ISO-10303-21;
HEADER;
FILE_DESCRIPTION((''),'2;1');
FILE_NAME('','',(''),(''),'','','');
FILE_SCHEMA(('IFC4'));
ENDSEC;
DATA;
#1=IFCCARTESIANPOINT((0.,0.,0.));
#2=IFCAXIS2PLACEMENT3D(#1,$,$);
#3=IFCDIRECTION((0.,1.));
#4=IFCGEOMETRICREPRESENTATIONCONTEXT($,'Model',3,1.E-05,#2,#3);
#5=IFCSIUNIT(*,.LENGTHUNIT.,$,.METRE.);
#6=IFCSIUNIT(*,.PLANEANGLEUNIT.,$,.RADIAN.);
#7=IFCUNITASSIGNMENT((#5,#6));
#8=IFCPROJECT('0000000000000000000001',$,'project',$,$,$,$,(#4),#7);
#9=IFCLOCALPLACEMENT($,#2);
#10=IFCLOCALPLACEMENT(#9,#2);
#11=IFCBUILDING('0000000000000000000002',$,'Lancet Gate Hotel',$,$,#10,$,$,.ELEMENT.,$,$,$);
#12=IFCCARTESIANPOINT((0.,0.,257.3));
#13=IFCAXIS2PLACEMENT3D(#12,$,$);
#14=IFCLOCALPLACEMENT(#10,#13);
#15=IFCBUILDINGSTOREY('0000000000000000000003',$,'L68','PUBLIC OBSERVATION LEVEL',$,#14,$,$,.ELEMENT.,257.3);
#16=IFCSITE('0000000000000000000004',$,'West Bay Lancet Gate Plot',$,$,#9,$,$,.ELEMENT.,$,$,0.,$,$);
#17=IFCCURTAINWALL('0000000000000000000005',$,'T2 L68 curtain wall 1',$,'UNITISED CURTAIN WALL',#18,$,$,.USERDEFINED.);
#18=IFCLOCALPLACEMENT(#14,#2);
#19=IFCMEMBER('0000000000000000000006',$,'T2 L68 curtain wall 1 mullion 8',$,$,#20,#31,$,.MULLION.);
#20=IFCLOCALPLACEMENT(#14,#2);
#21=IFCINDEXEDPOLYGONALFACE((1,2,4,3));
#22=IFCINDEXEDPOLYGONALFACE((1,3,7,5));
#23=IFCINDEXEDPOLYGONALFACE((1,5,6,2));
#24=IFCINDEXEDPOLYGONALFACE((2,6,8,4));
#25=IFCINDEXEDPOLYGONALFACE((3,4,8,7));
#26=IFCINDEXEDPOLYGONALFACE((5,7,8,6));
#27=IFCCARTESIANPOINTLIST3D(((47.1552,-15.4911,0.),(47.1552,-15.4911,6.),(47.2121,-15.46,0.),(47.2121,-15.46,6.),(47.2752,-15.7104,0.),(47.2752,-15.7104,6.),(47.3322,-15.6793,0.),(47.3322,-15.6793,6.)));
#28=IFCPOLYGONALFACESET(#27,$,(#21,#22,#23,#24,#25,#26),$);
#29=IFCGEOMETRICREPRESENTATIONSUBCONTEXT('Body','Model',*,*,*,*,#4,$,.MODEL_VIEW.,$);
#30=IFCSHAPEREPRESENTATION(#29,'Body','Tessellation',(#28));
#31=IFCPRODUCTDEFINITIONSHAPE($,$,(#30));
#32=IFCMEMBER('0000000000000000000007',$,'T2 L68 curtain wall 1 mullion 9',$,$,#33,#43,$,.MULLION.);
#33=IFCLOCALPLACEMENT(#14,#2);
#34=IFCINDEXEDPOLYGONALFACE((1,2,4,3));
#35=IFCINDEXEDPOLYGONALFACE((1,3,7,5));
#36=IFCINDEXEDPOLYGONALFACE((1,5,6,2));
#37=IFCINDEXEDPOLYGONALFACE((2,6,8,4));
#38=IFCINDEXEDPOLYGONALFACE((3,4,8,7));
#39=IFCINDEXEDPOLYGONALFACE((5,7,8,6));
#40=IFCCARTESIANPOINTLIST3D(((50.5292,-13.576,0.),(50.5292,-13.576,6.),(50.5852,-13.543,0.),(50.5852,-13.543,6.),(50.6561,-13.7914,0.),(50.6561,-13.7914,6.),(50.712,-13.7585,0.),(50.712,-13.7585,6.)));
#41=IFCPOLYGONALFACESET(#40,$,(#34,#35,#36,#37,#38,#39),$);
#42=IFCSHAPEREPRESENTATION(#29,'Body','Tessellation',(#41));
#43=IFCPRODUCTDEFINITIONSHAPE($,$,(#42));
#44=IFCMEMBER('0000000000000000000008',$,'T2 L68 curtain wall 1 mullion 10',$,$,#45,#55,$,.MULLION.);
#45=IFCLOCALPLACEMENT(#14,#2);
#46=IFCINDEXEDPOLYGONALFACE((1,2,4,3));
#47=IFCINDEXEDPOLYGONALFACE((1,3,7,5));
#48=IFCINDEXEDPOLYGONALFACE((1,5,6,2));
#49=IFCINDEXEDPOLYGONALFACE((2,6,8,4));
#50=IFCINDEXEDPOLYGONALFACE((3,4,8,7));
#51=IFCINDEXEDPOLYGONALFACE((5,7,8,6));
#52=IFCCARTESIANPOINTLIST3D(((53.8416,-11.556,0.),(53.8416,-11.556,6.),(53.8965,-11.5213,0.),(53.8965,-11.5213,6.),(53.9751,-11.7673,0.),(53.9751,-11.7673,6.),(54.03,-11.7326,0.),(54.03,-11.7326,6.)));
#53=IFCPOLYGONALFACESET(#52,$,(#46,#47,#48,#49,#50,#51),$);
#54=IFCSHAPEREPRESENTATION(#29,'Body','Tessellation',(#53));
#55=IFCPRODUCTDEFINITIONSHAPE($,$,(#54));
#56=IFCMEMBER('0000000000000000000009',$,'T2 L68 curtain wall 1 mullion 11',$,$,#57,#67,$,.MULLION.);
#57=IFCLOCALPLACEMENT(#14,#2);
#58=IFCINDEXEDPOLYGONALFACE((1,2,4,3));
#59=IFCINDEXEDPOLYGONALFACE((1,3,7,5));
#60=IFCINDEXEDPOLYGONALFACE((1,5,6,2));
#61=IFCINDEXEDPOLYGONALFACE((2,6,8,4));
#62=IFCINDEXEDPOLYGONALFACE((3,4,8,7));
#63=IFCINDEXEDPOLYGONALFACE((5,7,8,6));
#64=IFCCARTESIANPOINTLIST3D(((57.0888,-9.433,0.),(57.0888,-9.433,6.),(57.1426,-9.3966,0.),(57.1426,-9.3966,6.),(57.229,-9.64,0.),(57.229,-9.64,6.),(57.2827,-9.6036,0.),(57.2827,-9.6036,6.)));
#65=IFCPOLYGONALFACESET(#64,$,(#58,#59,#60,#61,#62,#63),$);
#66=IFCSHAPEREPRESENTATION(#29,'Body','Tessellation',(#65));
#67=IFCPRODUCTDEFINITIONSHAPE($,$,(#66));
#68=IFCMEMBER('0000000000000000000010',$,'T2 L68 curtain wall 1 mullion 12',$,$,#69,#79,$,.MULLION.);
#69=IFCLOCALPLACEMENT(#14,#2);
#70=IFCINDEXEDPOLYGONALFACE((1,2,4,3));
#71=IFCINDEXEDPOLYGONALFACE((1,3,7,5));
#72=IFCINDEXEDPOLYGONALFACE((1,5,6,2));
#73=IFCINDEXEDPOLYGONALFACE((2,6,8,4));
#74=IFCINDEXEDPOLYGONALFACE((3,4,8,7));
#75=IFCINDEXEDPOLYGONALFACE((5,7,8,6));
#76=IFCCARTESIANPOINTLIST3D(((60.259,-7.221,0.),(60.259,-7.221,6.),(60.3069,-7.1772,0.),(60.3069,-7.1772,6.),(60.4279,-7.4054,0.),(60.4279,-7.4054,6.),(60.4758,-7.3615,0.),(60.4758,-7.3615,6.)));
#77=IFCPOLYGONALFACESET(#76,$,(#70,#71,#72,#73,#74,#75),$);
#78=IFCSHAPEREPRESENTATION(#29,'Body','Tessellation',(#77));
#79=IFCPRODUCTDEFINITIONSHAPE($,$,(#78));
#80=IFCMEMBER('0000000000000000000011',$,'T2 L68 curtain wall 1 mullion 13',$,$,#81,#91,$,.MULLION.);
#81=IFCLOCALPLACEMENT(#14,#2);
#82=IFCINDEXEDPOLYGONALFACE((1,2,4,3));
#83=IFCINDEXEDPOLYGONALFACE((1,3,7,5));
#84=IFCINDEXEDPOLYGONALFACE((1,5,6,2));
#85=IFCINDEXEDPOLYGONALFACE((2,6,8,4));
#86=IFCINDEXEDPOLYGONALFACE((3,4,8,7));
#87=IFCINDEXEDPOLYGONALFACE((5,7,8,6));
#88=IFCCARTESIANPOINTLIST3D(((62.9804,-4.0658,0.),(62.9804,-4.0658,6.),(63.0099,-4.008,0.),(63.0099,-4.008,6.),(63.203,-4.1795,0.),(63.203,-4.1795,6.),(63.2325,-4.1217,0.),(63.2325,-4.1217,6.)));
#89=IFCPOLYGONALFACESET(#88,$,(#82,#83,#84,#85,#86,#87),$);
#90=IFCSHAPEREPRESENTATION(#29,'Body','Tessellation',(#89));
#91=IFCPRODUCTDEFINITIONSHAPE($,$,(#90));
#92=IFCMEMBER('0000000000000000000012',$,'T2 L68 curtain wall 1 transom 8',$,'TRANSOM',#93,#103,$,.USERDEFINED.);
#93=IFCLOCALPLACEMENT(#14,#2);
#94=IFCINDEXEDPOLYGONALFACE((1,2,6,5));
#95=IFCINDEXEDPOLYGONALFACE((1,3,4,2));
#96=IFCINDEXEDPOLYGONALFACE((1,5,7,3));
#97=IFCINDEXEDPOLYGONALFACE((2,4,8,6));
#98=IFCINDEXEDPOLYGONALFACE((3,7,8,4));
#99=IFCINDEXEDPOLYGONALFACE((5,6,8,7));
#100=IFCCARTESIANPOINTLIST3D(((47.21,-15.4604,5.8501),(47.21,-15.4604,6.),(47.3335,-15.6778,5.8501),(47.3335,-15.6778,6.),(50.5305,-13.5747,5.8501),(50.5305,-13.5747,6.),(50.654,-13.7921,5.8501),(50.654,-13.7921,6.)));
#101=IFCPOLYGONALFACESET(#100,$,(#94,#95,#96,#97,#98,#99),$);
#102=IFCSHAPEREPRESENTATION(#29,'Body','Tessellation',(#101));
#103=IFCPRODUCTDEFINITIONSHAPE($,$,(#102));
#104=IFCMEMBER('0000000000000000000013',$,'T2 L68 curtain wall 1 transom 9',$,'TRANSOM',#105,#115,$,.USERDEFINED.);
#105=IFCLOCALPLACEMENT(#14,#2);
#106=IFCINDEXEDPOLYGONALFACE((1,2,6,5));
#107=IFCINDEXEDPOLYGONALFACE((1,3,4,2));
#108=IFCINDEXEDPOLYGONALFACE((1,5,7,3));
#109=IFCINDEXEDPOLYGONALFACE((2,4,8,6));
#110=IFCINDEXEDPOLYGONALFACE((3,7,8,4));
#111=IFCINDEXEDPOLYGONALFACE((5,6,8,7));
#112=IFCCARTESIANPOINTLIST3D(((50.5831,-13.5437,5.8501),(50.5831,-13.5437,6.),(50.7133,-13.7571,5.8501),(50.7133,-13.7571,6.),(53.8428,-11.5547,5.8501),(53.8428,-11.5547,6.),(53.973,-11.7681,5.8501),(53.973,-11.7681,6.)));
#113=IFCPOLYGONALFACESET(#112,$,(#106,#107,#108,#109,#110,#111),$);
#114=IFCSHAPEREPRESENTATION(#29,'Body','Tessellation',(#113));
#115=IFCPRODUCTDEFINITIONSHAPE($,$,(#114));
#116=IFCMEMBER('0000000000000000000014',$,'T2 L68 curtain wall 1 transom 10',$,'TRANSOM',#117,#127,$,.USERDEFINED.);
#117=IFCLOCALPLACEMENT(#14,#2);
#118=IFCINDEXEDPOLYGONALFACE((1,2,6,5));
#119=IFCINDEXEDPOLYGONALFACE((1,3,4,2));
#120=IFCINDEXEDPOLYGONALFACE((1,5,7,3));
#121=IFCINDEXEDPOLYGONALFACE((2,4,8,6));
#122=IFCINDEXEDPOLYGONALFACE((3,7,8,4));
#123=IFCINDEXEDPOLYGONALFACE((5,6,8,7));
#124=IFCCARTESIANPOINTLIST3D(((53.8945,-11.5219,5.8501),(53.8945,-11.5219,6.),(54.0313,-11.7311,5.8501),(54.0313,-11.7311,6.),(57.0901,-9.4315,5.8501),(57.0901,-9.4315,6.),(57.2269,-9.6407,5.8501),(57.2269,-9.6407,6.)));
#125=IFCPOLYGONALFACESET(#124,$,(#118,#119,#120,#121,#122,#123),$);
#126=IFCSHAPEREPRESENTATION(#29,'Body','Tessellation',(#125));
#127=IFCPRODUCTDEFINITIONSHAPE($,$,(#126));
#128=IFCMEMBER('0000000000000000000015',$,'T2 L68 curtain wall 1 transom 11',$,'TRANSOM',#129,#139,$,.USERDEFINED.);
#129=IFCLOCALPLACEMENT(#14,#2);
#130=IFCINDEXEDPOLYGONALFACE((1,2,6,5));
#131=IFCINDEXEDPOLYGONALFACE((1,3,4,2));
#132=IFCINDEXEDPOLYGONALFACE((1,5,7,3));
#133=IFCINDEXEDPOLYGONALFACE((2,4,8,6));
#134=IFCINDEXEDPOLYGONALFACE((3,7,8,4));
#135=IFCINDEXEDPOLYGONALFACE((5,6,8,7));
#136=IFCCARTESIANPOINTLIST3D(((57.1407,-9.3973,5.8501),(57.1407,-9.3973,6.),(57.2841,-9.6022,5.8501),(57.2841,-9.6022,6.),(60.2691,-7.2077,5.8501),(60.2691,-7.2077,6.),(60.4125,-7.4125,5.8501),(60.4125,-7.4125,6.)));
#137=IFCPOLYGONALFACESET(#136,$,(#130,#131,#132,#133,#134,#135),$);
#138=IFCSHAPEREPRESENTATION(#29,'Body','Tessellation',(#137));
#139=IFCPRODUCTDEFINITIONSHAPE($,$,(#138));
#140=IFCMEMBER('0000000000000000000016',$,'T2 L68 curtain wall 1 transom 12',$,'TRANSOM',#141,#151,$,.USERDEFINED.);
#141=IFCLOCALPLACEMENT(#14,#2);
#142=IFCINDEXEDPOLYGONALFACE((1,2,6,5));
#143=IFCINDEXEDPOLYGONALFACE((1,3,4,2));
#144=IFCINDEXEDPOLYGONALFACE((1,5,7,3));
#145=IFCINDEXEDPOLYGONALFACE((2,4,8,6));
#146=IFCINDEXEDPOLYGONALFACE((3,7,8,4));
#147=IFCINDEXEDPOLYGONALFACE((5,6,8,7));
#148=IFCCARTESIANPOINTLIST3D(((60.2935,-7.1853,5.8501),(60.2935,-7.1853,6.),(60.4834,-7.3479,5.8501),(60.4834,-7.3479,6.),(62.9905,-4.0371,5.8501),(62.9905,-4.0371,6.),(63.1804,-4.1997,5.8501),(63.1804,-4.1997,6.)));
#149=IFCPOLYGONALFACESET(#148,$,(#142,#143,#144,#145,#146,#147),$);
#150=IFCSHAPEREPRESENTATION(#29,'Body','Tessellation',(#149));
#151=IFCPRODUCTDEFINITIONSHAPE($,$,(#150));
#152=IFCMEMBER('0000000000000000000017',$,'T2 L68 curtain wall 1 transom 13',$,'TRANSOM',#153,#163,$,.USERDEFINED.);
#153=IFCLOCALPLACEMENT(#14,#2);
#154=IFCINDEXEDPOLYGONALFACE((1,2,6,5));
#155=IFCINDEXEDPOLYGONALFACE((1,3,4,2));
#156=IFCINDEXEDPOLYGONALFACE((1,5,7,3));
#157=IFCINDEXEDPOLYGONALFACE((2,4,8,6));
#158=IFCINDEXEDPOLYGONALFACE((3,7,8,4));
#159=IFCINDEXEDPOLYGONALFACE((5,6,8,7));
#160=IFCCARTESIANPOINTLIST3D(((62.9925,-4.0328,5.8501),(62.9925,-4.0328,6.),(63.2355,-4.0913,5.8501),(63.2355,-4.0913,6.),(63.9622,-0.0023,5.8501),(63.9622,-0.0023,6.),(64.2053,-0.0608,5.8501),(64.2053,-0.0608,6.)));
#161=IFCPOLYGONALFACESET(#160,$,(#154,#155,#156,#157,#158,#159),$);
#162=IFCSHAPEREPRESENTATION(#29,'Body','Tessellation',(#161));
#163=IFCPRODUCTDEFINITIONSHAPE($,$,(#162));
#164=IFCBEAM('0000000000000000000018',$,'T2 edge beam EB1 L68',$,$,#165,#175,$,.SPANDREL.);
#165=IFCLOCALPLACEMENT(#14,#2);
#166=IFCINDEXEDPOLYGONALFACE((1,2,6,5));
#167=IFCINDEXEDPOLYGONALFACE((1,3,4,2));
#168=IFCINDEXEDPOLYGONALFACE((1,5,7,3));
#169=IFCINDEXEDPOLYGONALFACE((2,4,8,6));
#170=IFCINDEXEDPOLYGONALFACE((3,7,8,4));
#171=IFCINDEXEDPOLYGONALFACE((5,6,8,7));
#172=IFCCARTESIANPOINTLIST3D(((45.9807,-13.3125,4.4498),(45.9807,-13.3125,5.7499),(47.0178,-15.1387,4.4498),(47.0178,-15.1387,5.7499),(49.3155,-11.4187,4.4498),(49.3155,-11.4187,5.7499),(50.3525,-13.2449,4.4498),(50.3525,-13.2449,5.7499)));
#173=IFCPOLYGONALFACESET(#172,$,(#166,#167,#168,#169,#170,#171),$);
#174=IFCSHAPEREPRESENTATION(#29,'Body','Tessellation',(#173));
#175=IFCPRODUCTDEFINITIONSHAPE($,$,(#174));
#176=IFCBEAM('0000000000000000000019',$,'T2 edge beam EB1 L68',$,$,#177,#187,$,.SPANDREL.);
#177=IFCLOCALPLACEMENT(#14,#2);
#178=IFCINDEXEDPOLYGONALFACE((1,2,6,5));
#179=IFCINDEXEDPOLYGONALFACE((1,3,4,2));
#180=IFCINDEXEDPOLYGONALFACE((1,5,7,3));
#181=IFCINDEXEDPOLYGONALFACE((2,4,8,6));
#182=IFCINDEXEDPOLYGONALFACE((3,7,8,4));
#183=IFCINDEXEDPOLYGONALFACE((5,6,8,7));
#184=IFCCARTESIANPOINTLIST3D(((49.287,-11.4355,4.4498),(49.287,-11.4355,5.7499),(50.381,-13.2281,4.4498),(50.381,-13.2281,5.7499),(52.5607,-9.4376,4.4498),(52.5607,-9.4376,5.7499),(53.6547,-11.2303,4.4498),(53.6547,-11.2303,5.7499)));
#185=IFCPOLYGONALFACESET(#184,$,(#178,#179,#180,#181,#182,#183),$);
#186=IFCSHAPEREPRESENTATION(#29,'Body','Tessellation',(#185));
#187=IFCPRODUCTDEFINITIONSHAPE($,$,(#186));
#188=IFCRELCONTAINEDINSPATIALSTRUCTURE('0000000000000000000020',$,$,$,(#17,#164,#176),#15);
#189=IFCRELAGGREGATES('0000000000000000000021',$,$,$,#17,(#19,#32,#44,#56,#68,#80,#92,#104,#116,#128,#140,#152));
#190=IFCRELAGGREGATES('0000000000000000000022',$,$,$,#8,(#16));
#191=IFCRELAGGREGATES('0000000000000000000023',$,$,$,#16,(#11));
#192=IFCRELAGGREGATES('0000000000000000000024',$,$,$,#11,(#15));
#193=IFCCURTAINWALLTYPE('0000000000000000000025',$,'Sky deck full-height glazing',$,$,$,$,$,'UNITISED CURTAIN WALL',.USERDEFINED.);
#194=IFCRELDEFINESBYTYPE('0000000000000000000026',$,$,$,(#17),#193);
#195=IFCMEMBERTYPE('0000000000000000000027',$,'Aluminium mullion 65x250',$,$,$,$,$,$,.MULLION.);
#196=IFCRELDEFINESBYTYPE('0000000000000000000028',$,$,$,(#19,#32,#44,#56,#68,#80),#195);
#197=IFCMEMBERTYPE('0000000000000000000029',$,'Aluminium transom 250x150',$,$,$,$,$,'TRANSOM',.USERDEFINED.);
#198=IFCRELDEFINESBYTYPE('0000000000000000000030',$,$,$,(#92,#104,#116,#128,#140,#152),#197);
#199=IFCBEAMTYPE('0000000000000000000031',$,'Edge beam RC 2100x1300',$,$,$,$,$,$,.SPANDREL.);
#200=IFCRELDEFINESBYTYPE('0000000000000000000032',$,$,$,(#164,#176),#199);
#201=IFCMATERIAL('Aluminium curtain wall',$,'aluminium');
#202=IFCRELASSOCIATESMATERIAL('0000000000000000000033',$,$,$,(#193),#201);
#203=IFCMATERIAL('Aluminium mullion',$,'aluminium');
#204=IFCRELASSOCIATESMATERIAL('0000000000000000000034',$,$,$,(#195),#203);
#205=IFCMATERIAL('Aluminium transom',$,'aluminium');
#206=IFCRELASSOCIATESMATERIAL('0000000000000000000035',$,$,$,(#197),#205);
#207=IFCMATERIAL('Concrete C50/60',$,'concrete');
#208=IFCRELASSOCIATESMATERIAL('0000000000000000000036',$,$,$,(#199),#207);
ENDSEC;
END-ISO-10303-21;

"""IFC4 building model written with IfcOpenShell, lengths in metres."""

from ifc_helpers import new_model, si_unit, direction, frame, origin, origin_2d, place, context, subcontext, project, spatial, rectangle, extrude, material, material_profile, profile_set, type_object, element, aggregate, save


model = new_model("IFC4")

# Units and contexts
model_context = context("Model", 3, precision=1e-05, world=origin(), true_north=direction((0.0, 1.0)))
body_context = subcontext(model_context, "Body", "Model", "MODEL_VIEW")
ifc_project = project(units=[si_unit("LENGTHUNIT", "METRE"), si_unit("PLANEANGLEUNIT", "RADIAN")], contexts=[model_context])

# Site, building, storey
site_placement = place(None, origin())
site = spatial("IfcSite", under=ifc_project, at=site_placement, Name="West Bay Lancet Gate Plot", CompositionType="ELEMENT", RefElevation=0.0)
building_placement = place(site_placement, origin())
building = spatial("IfcBuilding", under=site, at=building_placement, Name="Lancet Gate Hotel", CompositionType="ELEMENT")
storey_placement = place(building_placement, frame((0.0, 0.0, 257.3)))
storey = spatial("IfcBuildingStorey", under=building, at=storey_placement, Name="L68", Description="PUBLIC OBSERVATION LEVEL", CompositionType="ELEMENT", Elevation=257.3)

# Curtain wall, members
ifc_material_1 = material(Name="Aluminium curtain wall", Category="aluminium")
curtain_wall_type = type_object("IfcCurtainWallType", Name="Sky deck full-height glazing", ElementType="UNITISED CURTAIN WALL", PredefinedType="USERDEFINED", material=ifc_material_1)
curtain_wall_placement = place(storey_placement, origin())
curtain_wall = element("IfcCurtainWall", 1, at=curtain_wall_placement, inside=storey, type_object=curtain_wall_type, Name="T2 L68 curtain wall 1", ObjectType="UNITISED CURTAIN WALL", PredefinedType="USERDEFINED")
ifc_material_2 = material(Name="Aluminium mullion", Category="aluminium")
ifc_material_profile_1 = material_profile(ifc_material_2, rectangle(XDim=0.0649, YDim=0.25, at=origin_2d()), Name="MULLION 65x250")
ifc_profile_set_1 = profile_set([ifc_material_profile_1], Name="Aluminium mullion")
member_type_1 = type_object("IfcMemberType", Name="Aluminium mullion 65x250", PredefinedType="MULLION", material=ifc_profile_set_1)
member_1_placement = place(storey_placement, frame((47.2437, -15.5852, 0.0), z_axis=(0.0, 0.0, 1.0), x_axis=(0.877195, 0.480135, 0.0)))
member_1 = element("IfcMember", 2, at=member_1_placement, type_object=member_type_1, Name="T2 L68 curtain wall 1 mullion 8", PredefinedType="MULLION", context=body_context, shape_type="SweptSolid", body=[
    extrude(rectangle(XDim=0.0649, YDim=0.25, at=origin_2d()), origin(), (0.0, 0.0, 1.0), 6.0),
])
member_2_placement = place(storey_placement, frame((50.6206, -13.6672, 0.0), z_axis=(0.0, 0.0, 1.0), x_axis=(0.861692, 0.507432, 0.0)))
member_2 = element("IfcMember", 3, at=member_2_placement, type_object=member_type_1, Name="T2 L68 curtain wall 1 mullion 9", PredefinedType="MULLION", context=body_context, shape_type="SweptSolid", body=[
    extrude(rectangle(XDim=0.0649, YDim=0.25, at=origin_2d()), origin(), (0.0, 0.0, 1.0), 6.0),
])
member_3_placement = place(storey_placement, frame((53.9358, -11.6443, 0.0), z_axis=(0.0, 0.0, 1.0), x_axis=(0.84534, 0.534229, 0.0)))
member_3 = element("IfcMember", 4, at=member_3_placement, type_object=member_type_1, Name="T2 L68 curtain wall 1 mullion 10", PredefinedType="MULLION", context=body_context, shape_type="SweptSolid", body=[
    extrude(rectangle(XDim=0.0649, YDim=0.25, at=origin_2d()), origin(), (0.0, 0.0, 1.0), 6.0),
])
member_4_placement = place(storey_placement, frame((57.1858, -9.5183, 0.0), z_axis=(0.0, 0.0, 1.0), x_axis=(0.828155, 0.5605, 0.0)))
member_4 = element("IfcMember", 5, at=member_4_placement, type_object=member_type_1, Name="T2 L68 curtain wall 1 mullion 11", PredefinedType="MULLION", context=body_context, shape_type="SweptSolid", body=[
    extrude(rectangle(XDim=0.0649, YDim=0.25, at=origin_2d()), origin(), (0.0, 0.0, 1.0), 6.0),
])
member_5_placement = place(storey_placement, frame((60.3674, -7.2913, 0.0), z_axis=(0.0, 0.0, 1.0), x_axis=(0.737323, 0.67554, 0.0)))
member_5 = element("IfcMember", 6, at=member_5_placement, type_object=member_type_1, Name="T2 L68 curtain wall 1 mullion 12", PredefinedType="MULLION", context=body_context, shape_type="SweptSolid", body=[
    extrude(rectangle(XDim=0.0649, YDim=0.25, at=origin_2d()), origin(), (0.0, 0.0, 1.0), 6.0),
])
member_6_placement = place(storey_placement, frame((63.1064, -4.0938, 0.0), z_axis=(0.0, 0.0, 1.0), x_axis=(0.454853, 0.890567, 0.0)))
member_6 = element("IfcMember", 7, at=member_6_placement, type_object=member_type_1, Name="T2 L68 curtain wall 1 mullion 13", PredefinedType="MULLION", context=body_context, shape_type="SweptSolid", body=[
    extrude(rectangle(XDim=0.0649, YDim=0.25, at=origin_2d()), origin(), (0.0, 0.0, 1.0), 6.0),
])
ifc_material_3 = material(Name="Aluminium transom", Category="aluminium")
ifc_material_profile_2 = material_profile(ifc_material_3, rectangle(XDim=0.25, YDim=0.1499, at=origin_2d()), Name="TRANSOM 250x150")
ifc_profile_set_2 = profile_set([ifc_material_profile_2], Name="Aluminium transom")
member_type_2 = type_object("IfcMemberType", Name="Aluminium transom 250x150", ElementType="TRANSOM", PredefinedType="USERDEFINED", material=ifc_profile_set_2)
member_7_placement = place(storey_placement, frame((47.2717, -15.5691, 5.925), z_axis=(0.869562, 0.493824, 0.0), x_axis=(-0.493824, 0.869562, 0.0)))
member_7 = element("IfcMember", 8, at=member_7_placement, type_object=member_type_2, Name="T2 L68 curtain wall 1 transom 8", ObjectType="TRANSOM", PredefinedType="USERDEFINED", context=body_context, shape_type="SweptSolid", body=[
    extrude(rectangle(XDim=0.25, YDim=0.1499, at=origin_2d()), origin(), (0.0, 0.0, 1.0), 3.8186),
])
member_8_placement = place(storey_placement, frame((50.6482, -13.6504, 5.925), z_axis=(0.853639, 0.520865, 0.0), x_axis=(-0.520865, 0.853639, 0.0)))
member_8 = element("IfcMember", 9, at=member_8_placement, type_object=member_type_2, Name="T2 L68 curtain wall 1 transom 9", ObjectType="TRANSOM", PredefinedType="USERDEFINED", context=body_context, shape_type="SweptSolid", body=[
    extrude(rectangle(XDim=0.25, YDim=0.1499, at=origin_2d()), origin(), (0.0, 0.0, 1.0), 3.8186),
])
member_9_placement = place(storey_placement, frame((53.9629, -11.6265, 5.925), z_axis=(0.836858, 0.54742, 0.0), x_axis=(-0.54742, 0.836858, 0.0)))
member_9 = element("IfcMember", 10, at=member_9_placement, type_object=member_type_2, Name="T2 L68 curtain wall 1 transom 10", ObjectType="TRANSOM", PredefinedType="USERDEFINED", context=body_context, shape_type="SweptSolid", body=[
    extrude(rectangle(XDim=0.25, YDim=0.1499, at=origin_2d()), origin(), (0.0, 0.0, 1.0), 3.8186),
])
member_10_placement = place(storey_placement, frame((57.2124, -9.4998, 5.925), z_axis=(0.819256, 0.573428, 0.0), x_axis=(-0.573428, 0.819256, 0.0)))
member_10 = element("IfcMember", 11, at=member_10_placement, type_object=member_type_2, Name="T2 L68 curtain wall 1 transom 11", ObjectType="TRANSOM", PredefinedType="USERDEFINED", context=body_context, shape_type="SweptSolid", body=[
    extrude(rectangle(XDim=0.25, YDim=0.1499, at=origin_2d()), origin(), (0.0, 0.0, 1.0), 3.8186),
])
member_11_placement = place(storey_placement, frame((60.3884, -7.2666, 5.925), z_axis=(0.650593, 0.759427, 0.0), x_axis=(-0.759427, 0.650593, 0.0)))
member_11 = element("IfcMember", 12, at=member_11_placement, type_object=member_type_2, Name="T2 L68 curtain wall 1 transom 12", ObjectType="TRANSOM", PredefinedType="USERDEFINED", context=body_context, shape_type="SweptSolid", body=[
    extrude(rectangle(XDim=0.25, YDim=0.1499, at=origin_2d()), origin(), (0.0, 0.0, 1.0), 4.1455),
])
member_12_placement = place(storey_placement, frame((63.114, -4.062, 5.925), z_axis=(0.233921, 0.972256, 0.0), x_axis=(-0.972256, 0.233921, 0.0)))
member_12 = element("IfcMember", 13, at=member_12_placement, type_object=member_type_2, Name="T2 L68 curtain wall 1 transom 13", ObjectType="TRANSOM", PredefinedType="USERDEFINED", context=body_context, shape_type="SweptSolid", body=[
    extrude(rectangle(XDim=0.25, YDim=0.1499, at=origin_2d()), origin(), (0.0, 0.0, 1.0), 4.1455),
])

# Beams
ifc_material_4 = material(Name="Concrete C50/60", Category="concrete")
ifc_material_profile_3 = material_profile(ifc_material_4, rectangle(XDim=2.1001, YDim=1.3, at=origin_2d()), Name="RC 2100x1300")
ifc_profile_set_3 = profile_set([ifc_material_profile_3], Name="Concrete C50/60")
beam_type_1 = type_object("IfcBeamType", Name="Edge beam RC 2100x1300", PredefinedType="SPANDREL", material=ifc_profile_set_3)
beam_1_placement = place(storey_placement, frame((46.4993, -14.2256, 5.0999), z_axis=(0.86956, 0.493827, 0.0), x_axis=(-0.493827, 0.86956, 0.0)))
element("IfcBeam", 14, at=beam_1_placement, inside=storey, type_object=beam_type_1, Name="T2 edge beam EB1 L68", PredefinedType="SPANDREL", context=body_context, shape_type="SweptSolid", body=[
    extrude(rectangle(XDim=2.1001, YDim=1.3, at=origin_2d()), origin(), (0.0, 0.0, 1.0), 3.835),
])
beam_2_placement = place(storey_placement, frame((49.834, -12.3318, 5.0999), z_axis=(0.853604, 0.520922, 0.0), x_axis=(-0.520922, 0.853604, 0.0)))
element("IfcBeam", 15, at=beam_2_placement, inside=storey, type_object=beam_type_1, Name="T2 edge beam EB1 L68", PredefinedType="SPANDREL", context=body_context, shape_type="SweptSolid", body=[
    extrude(rectangle(XDim=2.1001, YDim=1.3, at=origin_2d()), origin(), (0.0, 0.0, 1.0), 3.8352),
])

aggregate(curtain_wall, [member_1, member_2, member_3, member_4, member_5, member_6, member_7, member_8, member_9, member_10, member_11, member_12])

save(model, "model.ifc")
